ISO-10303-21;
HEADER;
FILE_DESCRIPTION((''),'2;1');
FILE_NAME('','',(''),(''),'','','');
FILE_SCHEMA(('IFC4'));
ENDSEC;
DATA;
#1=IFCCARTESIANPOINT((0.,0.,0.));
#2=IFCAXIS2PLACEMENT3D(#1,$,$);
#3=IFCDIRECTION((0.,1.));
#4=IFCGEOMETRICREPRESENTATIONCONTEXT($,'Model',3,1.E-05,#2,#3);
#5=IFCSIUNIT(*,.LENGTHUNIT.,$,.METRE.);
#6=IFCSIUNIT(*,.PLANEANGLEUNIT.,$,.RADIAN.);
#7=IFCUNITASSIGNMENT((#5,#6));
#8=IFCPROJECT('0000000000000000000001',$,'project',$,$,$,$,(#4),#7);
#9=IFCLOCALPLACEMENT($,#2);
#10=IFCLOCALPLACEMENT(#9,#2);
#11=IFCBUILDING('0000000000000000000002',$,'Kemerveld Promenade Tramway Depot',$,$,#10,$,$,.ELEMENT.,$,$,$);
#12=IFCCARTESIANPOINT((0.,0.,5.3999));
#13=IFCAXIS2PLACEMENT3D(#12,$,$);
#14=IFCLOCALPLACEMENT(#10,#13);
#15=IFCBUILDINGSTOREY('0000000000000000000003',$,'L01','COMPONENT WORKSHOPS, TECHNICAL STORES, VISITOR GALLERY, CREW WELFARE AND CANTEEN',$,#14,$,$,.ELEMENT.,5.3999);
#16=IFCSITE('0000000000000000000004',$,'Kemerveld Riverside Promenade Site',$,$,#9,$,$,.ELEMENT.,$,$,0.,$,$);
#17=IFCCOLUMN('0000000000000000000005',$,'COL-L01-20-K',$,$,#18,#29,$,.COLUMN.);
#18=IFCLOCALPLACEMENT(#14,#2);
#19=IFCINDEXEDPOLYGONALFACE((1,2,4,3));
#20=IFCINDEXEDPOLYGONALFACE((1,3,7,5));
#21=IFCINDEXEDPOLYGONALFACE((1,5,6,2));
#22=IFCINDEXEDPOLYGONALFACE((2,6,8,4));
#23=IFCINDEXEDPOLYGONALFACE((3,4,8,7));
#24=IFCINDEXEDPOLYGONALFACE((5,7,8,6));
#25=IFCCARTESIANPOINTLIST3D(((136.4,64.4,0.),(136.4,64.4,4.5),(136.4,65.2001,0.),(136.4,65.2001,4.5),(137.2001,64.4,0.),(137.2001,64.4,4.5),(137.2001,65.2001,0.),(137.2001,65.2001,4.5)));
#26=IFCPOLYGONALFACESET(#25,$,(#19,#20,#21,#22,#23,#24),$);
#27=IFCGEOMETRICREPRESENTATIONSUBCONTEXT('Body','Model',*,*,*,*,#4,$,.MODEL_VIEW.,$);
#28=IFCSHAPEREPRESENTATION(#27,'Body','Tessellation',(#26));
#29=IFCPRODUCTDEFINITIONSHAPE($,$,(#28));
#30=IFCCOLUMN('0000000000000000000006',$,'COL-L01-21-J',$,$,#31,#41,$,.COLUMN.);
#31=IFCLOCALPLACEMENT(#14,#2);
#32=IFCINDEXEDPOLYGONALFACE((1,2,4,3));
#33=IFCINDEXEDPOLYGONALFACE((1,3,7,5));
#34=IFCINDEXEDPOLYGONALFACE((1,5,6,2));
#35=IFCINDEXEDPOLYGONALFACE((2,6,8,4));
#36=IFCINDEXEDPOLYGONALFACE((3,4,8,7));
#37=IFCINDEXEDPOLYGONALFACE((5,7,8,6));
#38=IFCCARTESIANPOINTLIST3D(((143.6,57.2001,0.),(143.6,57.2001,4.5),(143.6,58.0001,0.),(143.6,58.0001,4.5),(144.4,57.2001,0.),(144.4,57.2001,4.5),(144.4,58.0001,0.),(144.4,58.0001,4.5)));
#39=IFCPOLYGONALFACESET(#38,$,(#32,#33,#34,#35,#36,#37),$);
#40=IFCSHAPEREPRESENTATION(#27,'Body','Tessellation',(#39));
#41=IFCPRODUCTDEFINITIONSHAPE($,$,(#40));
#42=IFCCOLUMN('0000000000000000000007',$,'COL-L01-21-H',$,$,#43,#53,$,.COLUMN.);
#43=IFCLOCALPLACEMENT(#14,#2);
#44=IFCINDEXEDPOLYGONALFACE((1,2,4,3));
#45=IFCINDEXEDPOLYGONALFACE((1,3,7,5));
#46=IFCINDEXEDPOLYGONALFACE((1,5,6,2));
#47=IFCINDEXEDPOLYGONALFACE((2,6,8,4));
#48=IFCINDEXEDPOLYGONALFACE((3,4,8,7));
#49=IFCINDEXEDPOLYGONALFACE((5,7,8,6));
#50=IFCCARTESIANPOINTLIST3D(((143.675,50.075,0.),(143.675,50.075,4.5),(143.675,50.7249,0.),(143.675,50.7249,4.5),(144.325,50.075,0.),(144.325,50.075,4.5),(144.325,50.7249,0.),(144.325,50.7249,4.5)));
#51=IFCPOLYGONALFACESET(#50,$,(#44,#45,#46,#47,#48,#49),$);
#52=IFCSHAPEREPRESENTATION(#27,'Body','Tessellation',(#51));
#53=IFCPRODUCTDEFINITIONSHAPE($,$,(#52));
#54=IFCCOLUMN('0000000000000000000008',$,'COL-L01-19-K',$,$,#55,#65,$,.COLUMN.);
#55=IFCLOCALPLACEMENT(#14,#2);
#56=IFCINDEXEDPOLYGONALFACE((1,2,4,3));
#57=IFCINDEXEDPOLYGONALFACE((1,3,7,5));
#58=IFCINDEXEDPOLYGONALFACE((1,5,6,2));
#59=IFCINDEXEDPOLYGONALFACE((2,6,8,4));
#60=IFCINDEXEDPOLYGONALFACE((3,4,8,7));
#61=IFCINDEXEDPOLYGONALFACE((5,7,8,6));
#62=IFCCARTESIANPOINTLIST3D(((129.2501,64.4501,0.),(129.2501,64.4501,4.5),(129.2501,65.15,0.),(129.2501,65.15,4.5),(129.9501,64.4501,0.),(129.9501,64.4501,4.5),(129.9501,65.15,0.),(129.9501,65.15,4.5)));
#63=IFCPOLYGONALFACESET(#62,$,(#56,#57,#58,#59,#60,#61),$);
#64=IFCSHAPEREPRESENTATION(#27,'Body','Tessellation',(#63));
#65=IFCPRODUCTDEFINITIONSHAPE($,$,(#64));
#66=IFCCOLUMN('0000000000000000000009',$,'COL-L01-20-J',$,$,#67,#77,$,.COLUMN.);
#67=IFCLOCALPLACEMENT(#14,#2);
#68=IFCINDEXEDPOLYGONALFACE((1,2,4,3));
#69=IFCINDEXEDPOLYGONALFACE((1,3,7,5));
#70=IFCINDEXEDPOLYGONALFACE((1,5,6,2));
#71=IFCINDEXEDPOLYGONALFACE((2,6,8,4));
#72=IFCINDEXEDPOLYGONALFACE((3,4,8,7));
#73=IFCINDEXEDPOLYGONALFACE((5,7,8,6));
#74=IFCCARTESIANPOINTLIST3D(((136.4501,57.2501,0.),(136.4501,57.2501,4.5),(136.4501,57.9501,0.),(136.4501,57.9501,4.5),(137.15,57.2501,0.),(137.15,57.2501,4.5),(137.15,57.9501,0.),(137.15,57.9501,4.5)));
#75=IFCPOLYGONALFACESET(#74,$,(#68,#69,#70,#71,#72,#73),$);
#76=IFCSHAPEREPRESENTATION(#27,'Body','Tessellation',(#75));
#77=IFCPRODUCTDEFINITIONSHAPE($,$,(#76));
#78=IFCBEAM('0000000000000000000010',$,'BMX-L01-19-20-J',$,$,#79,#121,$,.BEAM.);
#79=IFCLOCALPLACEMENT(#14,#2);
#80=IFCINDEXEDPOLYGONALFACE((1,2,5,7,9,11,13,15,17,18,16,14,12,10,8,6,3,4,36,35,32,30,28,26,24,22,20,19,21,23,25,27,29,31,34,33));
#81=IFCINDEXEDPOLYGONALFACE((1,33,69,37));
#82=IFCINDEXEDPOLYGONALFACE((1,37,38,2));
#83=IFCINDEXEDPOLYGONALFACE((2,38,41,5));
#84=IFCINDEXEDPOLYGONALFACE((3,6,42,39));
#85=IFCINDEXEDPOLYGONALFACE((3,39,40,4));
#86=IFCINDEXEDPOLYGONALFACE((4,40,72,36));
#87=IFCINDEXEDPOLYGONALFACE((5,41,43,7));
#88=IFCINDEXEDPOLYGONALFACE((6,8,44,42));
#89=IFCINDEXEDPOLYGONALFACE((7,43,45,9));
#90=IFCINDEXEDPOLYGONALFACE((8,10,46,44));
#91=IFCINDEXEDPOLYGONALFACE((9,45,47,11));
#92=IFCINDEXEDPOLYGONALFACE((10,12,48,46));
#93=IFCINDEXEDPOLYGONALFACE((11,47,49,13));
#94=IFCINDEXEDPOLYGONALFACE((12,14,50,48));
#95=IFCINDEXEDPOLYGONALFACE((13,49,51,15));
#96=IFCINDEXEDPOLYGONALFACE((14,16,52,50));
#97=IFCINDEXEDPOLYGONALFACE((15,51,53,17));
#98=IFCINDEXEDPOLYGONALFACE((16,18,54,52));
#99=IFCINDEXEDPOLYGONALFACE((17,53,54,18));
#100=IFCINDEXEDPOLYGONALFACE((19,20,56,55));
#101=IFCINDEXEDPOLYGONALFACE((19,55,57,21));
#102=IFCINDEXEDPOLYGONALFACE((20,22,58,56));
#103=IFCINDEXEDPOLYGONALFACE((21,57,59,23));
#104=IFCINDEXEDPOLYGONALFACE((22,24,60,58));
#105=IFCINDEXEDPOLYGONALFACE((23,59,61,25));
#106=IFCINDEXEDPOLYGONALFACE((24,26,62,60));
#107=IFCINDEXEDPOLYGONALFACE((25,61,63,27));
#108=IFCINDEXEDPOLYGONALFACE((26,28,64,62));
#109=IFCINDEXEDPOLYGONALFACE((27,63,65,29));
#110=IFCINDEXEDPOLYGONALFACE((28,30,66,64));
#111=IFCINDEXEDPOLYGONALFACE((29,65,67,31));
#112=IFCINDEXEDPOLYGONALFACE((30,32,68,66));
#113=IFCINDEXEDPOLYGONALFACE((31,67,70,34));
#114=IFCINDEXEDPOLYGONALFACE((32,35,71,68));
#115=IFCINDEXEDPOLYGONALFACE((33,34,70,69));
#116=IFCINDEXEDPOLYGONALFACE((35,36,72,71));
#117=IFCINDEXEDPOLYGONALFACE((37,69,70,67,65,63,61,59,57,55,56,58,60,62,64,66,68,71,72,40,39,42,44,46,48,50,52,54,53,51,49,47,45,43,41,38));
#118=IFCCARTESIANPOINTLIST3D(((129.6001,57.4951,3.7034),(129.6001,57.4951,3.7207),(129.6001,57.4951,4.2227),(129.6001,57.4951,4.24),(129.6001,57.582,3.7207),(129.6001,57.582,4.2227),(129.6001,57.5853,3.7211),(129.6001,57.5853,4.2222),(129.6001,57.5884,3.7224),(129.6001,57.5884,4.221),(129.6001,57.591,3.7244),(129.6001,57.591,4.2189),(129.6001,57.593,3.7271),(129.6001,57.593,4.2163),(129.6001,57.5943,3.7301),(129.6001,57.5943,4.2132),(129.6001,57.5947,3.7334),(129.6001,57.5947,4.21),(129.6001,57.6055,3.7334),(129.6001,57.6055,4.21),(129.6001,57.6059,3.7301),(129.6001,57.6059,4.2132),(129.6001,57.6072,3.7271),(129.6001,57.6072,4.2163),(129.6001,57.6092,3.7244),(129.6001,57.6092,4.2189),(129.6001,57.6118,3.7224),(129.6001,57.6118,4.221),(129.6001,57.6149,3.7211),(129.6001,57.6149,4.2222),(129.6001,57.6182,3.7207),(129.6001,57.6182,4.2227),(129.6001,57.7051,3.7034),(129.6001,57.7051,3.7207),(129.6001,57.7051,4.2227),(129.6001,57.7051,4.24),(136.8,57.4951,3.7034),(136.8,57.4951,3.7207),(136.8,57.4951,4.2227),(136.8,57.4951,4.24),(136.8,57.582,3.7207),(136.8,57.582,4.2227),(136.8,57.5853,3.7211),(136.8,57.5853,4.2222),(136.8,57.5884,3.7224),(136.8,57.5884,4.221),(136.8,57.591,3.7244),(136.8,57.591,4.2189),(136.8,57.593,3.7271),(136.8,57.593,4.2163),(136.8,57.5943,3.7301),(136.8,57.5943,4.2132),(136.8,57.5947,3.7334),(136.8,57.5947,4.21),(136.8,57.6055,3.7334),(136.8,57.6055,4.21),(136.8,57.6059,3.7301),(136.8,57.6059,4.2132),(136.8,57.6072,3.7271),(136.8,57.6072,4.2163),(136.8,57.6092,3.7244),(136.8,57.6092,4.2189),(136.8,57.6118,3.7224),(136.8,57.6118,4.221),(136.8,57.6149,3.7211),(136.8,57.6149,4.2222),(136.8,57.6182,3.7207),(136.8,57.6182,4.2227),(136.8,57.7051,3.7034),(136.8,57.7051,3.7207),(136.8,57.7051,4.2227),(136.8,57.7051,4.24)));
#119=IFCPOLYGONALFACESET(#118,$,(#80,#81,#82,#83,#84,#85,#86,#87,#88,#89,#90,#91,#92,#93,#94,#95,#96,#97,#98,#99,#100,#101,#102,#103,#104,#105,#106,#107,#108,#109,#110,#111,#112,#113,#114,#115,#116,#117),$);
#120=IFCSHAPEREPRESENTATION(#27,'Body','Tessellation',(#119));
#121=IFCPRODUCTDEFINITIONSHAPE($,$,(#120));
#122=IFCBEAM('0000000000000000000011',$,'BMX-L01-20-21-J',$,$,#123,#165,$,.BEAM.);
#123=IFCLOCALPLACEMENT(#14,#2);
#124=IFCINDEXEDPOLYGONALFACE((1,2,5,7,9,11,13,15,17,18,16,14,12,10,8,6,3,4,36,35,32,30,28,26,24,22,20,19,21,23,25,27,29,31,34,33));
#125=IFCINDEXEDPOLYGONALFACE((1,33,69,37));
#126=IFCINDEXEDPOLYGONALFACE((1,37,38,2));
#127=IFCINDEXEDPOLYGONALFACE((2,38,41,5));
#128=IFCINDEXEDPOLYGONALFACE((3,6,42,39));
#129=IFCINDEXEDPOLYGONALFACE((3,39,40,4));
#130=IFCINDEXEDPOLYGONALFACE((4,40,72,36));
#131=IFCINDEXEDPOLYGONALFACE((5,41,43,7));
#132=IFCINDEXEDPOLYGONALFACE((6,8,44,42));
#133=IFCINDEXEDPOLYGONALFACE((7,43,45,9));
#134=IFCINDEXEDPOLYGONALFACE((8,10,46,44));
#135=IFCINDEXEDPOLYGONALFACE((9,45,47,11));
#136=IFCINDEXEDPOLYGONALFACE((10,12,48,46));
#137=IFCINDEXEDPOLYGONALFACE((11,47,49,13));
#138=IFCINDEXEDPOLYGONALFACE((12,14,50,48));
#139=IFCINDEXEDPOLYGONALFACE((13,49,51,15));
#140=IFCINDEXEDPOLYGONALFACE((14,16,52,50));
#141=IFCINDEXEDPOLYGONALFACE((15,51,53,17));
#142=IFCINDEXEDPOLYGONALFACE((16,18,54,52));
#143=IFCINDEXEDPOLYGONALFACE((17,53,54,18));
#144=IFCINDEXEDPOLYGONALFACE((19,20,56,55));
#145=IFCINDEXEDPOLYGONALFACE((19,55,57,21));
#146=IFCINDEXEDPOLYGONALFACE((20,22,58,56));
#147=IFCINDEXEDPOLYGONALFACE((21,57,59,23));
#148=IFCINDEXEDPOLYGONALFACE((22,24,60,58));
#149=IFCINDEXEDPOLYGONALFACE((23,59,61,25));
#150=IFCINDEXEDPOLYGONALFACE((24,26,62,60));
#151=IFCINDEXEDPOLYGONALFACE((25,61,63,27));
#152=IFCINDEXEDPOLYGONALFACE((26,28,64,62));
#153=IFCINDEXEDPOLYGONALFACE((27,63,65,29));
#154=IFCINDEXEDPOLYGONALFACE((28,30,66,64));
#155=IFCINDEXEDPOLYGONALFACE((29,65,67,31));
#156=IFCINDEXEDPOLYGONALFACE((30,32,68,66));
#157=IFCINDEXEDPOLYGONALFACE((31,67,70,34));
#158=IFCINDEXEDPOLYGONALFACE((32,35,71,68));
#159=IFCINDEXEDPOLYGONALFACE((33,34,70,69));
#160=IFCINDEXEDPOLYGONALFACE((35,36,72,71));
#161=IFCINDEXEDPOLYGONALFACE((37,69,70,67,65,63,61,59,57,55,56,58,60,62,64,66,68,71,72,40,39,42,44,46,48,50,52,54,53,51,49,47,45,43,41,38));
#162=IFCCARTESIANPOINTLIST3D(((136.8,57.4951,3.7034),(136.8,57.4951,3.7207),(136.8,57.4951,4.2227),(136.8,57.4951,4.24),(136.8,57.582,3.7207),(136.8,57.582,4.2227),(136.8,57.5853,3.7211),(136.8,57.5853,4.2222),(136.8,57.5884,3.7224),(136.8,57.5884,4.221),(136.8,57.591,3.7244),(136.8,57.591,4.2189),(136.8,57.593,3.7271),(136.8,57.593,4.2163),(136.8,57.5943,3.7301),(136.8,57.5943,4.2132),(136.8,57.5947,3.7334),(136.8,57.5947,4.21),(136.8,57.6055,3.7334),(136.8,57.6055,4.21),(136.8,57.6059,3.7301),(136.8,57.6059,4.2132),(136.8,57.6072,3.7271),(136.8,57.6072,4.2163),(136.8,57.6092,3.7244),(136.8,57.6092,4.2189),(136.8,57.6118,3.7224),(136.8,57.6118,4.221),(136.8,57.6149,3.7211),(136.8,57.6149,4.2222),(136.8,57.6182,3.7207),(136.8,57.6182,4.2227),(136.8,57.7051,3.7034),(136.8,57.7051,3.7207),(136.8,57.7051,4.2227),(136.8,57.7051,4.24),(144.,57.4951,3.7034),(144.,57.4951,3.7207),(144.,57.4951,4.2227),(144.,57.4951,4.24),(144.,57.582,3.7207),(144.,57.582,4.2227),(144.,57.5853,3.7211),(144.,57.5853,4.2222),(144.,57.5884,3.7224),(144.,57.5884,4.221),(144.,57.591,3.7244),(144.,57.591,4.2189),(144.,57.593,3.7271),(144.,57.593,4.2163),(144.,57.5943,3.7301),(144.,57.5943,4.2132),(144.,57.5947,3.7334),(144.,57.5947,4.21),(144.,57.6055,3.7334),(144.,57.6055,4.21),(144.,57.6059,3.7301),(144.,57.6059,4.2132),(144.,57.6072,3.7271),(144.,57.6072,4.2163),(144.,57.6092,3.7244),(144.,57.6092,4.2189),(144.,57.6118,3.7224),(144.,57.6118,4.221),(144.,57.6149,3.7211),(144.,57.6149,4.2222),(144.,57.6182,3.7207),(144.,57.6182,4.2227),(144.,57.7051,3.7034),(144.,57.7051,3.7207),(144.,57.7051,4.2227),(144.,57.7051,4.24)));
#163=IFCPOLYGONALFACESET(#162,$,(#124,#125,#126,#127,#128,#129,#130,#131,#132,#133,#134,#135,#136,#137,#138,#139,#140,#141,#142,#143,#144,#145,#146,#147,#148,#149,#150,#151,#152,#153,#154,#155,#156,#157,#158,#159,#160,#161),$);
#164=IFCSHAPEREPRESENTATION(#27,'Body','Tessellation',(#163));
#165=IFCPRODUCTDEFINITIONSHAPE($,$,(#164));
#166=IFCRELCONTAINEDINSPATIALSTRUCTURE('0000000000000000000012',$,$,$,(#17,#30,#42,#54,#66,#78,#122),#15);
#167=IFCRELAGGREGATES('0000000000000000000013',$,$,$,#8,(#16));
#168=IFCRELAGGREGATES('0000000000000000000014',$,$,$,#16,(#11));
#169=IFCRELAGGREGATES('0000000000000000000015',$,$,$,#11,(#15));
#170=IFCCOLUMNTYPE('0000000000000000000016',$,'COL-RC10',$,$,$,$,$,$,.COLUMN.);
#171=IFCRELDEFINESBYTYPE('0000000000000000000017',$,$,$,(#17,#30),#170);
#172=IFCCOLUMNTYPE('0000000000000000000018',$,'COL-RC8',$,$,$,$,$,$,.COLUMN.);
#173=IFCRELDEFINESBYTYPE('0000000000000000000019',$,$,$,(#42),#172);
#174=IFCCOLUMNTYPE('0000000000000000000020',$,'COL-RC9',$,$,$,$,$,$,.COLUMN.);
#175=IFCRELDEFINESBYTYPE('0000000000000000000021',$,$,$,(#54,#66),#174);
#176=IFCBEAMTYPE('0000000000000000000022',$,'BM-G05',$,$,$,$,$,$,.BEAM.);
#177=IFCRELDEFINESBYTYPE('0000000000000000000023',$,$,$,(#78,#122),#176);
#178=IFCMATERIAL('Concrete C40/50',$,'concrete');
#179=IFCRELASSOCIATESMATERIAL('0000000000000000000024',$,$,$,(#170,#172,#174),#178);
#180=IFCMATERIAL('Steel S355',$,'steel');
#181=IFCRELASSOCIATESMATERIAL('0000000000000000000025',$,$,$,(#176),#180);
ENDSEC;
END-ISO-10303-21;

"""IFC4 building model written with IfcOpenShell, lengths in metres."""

from ifc_helpers import new_model, si_unit, direction, frame, origin, origin_2d, place, context, subcontext, project, spatial, rectangle, i_section, extrude, material, material_profile, profile_set, type_object, element, save


model = new_model("IFC4")

# Units and contexts
model_context = context("Model", 3, precision=1e-05, world=origin(), true_north=direction((0.0, 1.0)))
body_context = subcontext(model_context, "Body", "Model", "MODEL_VIEW")
ifc_project = project(units=[si_unit("LENGTHUNIT", "METRE"), si_unit("PLANEANGLEUNIT", "RADIAN")], contexts=[model_context])

# Site, building, storey
site_placement = place(None, origin())
site = spatial("IfcSite", under=ifc_project, at=site_placement, Name="Kemerveld Riverside Promenade Site", CompositionType="ELEMENT", RefElevation=0.0)
building_placement = place(site_placement, origin())
building = spatial("IfcBuilding", under=site, at=building_placement, Name="Kemerveld Promenade Tramway Depot", CompositionType="ELEMENT")
storey_placement = place(building_placement, frame((0.0, 0.0, 5.3999)))
storey = spatial("IfcBuildingStorey", under=building, at=storey_placement, Name="L01", Description="COMPONENT WORKSHOPS, TECHNICAL STORES, VISITOR GALLERY, CREW WELFARE AND CANTEEN", CompositionType="ELEMENT", Elevation=5.3999)

# Columns
ifc_material_1 = material(Name="Concrete C40/50", Category="concrete")
ifc_material_profile_1 = material_profile(ifc_material_1, rectangle(XDim=0.8, YDim=0.8, at=origin_2d()), Name="RC-COL-800x800")
ifc_profile_set_1 = profile_set([ifc_material_profile_1], Name="Concrete C40/50")
column_type_1 = type_object("IfcColumnType", Name="COL-RC10", PredefinedType="COLUMN", material=ifc_profile_set_1)
for number, where, z_axis, x_axis, name in (
    (1, (136.8, 64.8, 0.0), (0.0, 0.0, 1.0), (1.0, 0.0, 0.0), "COL-L01-20-K"),
    (2, (144.0, 57.6001, 0.0), (0.0, 0.0, 1.0), (1.0, 0.0, 0.0), "COL-L01-21-J"),
):
    element("IfcColumn", number, at=place(storey_placement, frame(where, z_axis=z_axis, x_axis=x_axis)), inside=storey, type_object=column_type_1, Name=name, PredefinedType="COLUMN", context=body_context, shape_type="SweptSolid", body=[
        extrude(rectangle(XDim=0.8, YDim=0.8, at=origin_2d()), origin(), (0.0, 0.0, 1.0), 4.5),
    ])
ifc_material_profile_2 = material_profile(ifc_material_1, rectangle(XDim=0.6499, YDim=0.6499, at=origin_2d()), Name="RC-COL-650x650")
ifc_profile_set_2 = profile_set([ifc_material_profile_2], Name="Concrete C40/50")
column_type_2 = type_object("IfcColumnType", Name="COL-RC8", PredefinedType="COLUMN", material=ifc_profile_set_2)
column_placement = place(storey_placement, frame((144.0, 50.3999, 0.0), z_axis=(0.0, 0.0, 1.0), x_axis=(1.0, 0.0, 0.0)))
element("IfcColumn", 3, at=column_placement, inside=storey, type_object=column_type_2, Name="COL-L01-21-H", PredefinedType="COLUMN", context=body_context, shape_type="SweptSolid", body=[
    extrude(rectangle(XDim=0.6499, YDim=0.6499, at=origin_2d()), origin(), (0.0, 0.0, 1.0), 4.5),
])
ifc_material_profile_3 = material_profile(ifc_material_1, rectangle(XDim=0.7, YDim=0.7, at=origin_2d()), Name="RC-COL-700x700")
ifc_profile_set_3 = profile_set([ifc_material_profile_3], Name="Concrete C40/50")
column_type_3 = type_object("IfcColumnType", Name="COL-RC9", PredefinedType="COLUMN", material=ifc_profile_set_3)
for number, where, z_axis, x_axis, name in (
    (4, (129.6001, 64.8, 0.0), (0.0, 0.0, 1.0), (1.0, 0.0, 0.0), "COL-L01-19-K"),
    (5, (136.8, 57.6001, 0.0), (0.0, 0.0, 1.0), (1.0, 0.0, 0.0), "COL-L01-20-J"),
):
    element("IfcColumn", number, at=place(storey_placement, frame(where, z_axis=z_axis, x_axis=x_axis)), inside=storey, type_object=column_type_3, Name=name, PredefinedType="COLUMN", context=body_context, shape_type="SweptSolid", body=[
        extrude(rectangle(XDim=0.7, YDim=0.7, at=origin_2d()), origin(), (0.0, 0.0, 1.0), 4.5),
    ])

# Beams
ifc_material_2 = material(Name="Steel S355", Category="steel")
ifc_material_profile_4 = material_profile(ifc_material_2, i_section(OverallWidth=0.21, OverallDepth=0.5366, WebThickness=0.0107, FlangeThickness=0.0173, FilletRadius=0.0127, at=origin_2d()), Name="533x210x101 UB")
ifc_profile_set_4 = profile_set([ifc_material_profile_4], Name="Steel S355")
beam_type_1 = type_object("IfcBeamType", Name="BM-G05", PredefinedType="BEAM", material=ifc_profile_set_4)
for number, where, z_axis, x_axis, name in (
    (6, (129.6001, 57.6001, 3.9717), (1.0, 0.0, 0.0), (0.0, 1.0, 0.0), "BMX-L01-19-20-J"),
    (7, (136.8, 57.6001, 3.9717), (1.0, 0.0, 0.0), (0.0, 1.0, 0.0), "BMX-L01-20-21-J"),
):
    element("IfcBeam", number, at=place(storey_placement, frame(where, z_axis=z_axis, x_axis=x_axis)), inside=storey, type_object=beam_type_1, Name=name, PredefinedType="BEAM", context=body_context, shape_type="SweptSolid", body=[
        extrude(i_section(OverallWidth=0.21, OverallDepth=0.5366, WebThickness=0.0107, FlangeThickness=0.0173, FilletRadius=0.0127, at=origin_2d()), origin(), (0.0, 0.0, 1.0), 7.2),
    ])

save(model, "model.ifc")
